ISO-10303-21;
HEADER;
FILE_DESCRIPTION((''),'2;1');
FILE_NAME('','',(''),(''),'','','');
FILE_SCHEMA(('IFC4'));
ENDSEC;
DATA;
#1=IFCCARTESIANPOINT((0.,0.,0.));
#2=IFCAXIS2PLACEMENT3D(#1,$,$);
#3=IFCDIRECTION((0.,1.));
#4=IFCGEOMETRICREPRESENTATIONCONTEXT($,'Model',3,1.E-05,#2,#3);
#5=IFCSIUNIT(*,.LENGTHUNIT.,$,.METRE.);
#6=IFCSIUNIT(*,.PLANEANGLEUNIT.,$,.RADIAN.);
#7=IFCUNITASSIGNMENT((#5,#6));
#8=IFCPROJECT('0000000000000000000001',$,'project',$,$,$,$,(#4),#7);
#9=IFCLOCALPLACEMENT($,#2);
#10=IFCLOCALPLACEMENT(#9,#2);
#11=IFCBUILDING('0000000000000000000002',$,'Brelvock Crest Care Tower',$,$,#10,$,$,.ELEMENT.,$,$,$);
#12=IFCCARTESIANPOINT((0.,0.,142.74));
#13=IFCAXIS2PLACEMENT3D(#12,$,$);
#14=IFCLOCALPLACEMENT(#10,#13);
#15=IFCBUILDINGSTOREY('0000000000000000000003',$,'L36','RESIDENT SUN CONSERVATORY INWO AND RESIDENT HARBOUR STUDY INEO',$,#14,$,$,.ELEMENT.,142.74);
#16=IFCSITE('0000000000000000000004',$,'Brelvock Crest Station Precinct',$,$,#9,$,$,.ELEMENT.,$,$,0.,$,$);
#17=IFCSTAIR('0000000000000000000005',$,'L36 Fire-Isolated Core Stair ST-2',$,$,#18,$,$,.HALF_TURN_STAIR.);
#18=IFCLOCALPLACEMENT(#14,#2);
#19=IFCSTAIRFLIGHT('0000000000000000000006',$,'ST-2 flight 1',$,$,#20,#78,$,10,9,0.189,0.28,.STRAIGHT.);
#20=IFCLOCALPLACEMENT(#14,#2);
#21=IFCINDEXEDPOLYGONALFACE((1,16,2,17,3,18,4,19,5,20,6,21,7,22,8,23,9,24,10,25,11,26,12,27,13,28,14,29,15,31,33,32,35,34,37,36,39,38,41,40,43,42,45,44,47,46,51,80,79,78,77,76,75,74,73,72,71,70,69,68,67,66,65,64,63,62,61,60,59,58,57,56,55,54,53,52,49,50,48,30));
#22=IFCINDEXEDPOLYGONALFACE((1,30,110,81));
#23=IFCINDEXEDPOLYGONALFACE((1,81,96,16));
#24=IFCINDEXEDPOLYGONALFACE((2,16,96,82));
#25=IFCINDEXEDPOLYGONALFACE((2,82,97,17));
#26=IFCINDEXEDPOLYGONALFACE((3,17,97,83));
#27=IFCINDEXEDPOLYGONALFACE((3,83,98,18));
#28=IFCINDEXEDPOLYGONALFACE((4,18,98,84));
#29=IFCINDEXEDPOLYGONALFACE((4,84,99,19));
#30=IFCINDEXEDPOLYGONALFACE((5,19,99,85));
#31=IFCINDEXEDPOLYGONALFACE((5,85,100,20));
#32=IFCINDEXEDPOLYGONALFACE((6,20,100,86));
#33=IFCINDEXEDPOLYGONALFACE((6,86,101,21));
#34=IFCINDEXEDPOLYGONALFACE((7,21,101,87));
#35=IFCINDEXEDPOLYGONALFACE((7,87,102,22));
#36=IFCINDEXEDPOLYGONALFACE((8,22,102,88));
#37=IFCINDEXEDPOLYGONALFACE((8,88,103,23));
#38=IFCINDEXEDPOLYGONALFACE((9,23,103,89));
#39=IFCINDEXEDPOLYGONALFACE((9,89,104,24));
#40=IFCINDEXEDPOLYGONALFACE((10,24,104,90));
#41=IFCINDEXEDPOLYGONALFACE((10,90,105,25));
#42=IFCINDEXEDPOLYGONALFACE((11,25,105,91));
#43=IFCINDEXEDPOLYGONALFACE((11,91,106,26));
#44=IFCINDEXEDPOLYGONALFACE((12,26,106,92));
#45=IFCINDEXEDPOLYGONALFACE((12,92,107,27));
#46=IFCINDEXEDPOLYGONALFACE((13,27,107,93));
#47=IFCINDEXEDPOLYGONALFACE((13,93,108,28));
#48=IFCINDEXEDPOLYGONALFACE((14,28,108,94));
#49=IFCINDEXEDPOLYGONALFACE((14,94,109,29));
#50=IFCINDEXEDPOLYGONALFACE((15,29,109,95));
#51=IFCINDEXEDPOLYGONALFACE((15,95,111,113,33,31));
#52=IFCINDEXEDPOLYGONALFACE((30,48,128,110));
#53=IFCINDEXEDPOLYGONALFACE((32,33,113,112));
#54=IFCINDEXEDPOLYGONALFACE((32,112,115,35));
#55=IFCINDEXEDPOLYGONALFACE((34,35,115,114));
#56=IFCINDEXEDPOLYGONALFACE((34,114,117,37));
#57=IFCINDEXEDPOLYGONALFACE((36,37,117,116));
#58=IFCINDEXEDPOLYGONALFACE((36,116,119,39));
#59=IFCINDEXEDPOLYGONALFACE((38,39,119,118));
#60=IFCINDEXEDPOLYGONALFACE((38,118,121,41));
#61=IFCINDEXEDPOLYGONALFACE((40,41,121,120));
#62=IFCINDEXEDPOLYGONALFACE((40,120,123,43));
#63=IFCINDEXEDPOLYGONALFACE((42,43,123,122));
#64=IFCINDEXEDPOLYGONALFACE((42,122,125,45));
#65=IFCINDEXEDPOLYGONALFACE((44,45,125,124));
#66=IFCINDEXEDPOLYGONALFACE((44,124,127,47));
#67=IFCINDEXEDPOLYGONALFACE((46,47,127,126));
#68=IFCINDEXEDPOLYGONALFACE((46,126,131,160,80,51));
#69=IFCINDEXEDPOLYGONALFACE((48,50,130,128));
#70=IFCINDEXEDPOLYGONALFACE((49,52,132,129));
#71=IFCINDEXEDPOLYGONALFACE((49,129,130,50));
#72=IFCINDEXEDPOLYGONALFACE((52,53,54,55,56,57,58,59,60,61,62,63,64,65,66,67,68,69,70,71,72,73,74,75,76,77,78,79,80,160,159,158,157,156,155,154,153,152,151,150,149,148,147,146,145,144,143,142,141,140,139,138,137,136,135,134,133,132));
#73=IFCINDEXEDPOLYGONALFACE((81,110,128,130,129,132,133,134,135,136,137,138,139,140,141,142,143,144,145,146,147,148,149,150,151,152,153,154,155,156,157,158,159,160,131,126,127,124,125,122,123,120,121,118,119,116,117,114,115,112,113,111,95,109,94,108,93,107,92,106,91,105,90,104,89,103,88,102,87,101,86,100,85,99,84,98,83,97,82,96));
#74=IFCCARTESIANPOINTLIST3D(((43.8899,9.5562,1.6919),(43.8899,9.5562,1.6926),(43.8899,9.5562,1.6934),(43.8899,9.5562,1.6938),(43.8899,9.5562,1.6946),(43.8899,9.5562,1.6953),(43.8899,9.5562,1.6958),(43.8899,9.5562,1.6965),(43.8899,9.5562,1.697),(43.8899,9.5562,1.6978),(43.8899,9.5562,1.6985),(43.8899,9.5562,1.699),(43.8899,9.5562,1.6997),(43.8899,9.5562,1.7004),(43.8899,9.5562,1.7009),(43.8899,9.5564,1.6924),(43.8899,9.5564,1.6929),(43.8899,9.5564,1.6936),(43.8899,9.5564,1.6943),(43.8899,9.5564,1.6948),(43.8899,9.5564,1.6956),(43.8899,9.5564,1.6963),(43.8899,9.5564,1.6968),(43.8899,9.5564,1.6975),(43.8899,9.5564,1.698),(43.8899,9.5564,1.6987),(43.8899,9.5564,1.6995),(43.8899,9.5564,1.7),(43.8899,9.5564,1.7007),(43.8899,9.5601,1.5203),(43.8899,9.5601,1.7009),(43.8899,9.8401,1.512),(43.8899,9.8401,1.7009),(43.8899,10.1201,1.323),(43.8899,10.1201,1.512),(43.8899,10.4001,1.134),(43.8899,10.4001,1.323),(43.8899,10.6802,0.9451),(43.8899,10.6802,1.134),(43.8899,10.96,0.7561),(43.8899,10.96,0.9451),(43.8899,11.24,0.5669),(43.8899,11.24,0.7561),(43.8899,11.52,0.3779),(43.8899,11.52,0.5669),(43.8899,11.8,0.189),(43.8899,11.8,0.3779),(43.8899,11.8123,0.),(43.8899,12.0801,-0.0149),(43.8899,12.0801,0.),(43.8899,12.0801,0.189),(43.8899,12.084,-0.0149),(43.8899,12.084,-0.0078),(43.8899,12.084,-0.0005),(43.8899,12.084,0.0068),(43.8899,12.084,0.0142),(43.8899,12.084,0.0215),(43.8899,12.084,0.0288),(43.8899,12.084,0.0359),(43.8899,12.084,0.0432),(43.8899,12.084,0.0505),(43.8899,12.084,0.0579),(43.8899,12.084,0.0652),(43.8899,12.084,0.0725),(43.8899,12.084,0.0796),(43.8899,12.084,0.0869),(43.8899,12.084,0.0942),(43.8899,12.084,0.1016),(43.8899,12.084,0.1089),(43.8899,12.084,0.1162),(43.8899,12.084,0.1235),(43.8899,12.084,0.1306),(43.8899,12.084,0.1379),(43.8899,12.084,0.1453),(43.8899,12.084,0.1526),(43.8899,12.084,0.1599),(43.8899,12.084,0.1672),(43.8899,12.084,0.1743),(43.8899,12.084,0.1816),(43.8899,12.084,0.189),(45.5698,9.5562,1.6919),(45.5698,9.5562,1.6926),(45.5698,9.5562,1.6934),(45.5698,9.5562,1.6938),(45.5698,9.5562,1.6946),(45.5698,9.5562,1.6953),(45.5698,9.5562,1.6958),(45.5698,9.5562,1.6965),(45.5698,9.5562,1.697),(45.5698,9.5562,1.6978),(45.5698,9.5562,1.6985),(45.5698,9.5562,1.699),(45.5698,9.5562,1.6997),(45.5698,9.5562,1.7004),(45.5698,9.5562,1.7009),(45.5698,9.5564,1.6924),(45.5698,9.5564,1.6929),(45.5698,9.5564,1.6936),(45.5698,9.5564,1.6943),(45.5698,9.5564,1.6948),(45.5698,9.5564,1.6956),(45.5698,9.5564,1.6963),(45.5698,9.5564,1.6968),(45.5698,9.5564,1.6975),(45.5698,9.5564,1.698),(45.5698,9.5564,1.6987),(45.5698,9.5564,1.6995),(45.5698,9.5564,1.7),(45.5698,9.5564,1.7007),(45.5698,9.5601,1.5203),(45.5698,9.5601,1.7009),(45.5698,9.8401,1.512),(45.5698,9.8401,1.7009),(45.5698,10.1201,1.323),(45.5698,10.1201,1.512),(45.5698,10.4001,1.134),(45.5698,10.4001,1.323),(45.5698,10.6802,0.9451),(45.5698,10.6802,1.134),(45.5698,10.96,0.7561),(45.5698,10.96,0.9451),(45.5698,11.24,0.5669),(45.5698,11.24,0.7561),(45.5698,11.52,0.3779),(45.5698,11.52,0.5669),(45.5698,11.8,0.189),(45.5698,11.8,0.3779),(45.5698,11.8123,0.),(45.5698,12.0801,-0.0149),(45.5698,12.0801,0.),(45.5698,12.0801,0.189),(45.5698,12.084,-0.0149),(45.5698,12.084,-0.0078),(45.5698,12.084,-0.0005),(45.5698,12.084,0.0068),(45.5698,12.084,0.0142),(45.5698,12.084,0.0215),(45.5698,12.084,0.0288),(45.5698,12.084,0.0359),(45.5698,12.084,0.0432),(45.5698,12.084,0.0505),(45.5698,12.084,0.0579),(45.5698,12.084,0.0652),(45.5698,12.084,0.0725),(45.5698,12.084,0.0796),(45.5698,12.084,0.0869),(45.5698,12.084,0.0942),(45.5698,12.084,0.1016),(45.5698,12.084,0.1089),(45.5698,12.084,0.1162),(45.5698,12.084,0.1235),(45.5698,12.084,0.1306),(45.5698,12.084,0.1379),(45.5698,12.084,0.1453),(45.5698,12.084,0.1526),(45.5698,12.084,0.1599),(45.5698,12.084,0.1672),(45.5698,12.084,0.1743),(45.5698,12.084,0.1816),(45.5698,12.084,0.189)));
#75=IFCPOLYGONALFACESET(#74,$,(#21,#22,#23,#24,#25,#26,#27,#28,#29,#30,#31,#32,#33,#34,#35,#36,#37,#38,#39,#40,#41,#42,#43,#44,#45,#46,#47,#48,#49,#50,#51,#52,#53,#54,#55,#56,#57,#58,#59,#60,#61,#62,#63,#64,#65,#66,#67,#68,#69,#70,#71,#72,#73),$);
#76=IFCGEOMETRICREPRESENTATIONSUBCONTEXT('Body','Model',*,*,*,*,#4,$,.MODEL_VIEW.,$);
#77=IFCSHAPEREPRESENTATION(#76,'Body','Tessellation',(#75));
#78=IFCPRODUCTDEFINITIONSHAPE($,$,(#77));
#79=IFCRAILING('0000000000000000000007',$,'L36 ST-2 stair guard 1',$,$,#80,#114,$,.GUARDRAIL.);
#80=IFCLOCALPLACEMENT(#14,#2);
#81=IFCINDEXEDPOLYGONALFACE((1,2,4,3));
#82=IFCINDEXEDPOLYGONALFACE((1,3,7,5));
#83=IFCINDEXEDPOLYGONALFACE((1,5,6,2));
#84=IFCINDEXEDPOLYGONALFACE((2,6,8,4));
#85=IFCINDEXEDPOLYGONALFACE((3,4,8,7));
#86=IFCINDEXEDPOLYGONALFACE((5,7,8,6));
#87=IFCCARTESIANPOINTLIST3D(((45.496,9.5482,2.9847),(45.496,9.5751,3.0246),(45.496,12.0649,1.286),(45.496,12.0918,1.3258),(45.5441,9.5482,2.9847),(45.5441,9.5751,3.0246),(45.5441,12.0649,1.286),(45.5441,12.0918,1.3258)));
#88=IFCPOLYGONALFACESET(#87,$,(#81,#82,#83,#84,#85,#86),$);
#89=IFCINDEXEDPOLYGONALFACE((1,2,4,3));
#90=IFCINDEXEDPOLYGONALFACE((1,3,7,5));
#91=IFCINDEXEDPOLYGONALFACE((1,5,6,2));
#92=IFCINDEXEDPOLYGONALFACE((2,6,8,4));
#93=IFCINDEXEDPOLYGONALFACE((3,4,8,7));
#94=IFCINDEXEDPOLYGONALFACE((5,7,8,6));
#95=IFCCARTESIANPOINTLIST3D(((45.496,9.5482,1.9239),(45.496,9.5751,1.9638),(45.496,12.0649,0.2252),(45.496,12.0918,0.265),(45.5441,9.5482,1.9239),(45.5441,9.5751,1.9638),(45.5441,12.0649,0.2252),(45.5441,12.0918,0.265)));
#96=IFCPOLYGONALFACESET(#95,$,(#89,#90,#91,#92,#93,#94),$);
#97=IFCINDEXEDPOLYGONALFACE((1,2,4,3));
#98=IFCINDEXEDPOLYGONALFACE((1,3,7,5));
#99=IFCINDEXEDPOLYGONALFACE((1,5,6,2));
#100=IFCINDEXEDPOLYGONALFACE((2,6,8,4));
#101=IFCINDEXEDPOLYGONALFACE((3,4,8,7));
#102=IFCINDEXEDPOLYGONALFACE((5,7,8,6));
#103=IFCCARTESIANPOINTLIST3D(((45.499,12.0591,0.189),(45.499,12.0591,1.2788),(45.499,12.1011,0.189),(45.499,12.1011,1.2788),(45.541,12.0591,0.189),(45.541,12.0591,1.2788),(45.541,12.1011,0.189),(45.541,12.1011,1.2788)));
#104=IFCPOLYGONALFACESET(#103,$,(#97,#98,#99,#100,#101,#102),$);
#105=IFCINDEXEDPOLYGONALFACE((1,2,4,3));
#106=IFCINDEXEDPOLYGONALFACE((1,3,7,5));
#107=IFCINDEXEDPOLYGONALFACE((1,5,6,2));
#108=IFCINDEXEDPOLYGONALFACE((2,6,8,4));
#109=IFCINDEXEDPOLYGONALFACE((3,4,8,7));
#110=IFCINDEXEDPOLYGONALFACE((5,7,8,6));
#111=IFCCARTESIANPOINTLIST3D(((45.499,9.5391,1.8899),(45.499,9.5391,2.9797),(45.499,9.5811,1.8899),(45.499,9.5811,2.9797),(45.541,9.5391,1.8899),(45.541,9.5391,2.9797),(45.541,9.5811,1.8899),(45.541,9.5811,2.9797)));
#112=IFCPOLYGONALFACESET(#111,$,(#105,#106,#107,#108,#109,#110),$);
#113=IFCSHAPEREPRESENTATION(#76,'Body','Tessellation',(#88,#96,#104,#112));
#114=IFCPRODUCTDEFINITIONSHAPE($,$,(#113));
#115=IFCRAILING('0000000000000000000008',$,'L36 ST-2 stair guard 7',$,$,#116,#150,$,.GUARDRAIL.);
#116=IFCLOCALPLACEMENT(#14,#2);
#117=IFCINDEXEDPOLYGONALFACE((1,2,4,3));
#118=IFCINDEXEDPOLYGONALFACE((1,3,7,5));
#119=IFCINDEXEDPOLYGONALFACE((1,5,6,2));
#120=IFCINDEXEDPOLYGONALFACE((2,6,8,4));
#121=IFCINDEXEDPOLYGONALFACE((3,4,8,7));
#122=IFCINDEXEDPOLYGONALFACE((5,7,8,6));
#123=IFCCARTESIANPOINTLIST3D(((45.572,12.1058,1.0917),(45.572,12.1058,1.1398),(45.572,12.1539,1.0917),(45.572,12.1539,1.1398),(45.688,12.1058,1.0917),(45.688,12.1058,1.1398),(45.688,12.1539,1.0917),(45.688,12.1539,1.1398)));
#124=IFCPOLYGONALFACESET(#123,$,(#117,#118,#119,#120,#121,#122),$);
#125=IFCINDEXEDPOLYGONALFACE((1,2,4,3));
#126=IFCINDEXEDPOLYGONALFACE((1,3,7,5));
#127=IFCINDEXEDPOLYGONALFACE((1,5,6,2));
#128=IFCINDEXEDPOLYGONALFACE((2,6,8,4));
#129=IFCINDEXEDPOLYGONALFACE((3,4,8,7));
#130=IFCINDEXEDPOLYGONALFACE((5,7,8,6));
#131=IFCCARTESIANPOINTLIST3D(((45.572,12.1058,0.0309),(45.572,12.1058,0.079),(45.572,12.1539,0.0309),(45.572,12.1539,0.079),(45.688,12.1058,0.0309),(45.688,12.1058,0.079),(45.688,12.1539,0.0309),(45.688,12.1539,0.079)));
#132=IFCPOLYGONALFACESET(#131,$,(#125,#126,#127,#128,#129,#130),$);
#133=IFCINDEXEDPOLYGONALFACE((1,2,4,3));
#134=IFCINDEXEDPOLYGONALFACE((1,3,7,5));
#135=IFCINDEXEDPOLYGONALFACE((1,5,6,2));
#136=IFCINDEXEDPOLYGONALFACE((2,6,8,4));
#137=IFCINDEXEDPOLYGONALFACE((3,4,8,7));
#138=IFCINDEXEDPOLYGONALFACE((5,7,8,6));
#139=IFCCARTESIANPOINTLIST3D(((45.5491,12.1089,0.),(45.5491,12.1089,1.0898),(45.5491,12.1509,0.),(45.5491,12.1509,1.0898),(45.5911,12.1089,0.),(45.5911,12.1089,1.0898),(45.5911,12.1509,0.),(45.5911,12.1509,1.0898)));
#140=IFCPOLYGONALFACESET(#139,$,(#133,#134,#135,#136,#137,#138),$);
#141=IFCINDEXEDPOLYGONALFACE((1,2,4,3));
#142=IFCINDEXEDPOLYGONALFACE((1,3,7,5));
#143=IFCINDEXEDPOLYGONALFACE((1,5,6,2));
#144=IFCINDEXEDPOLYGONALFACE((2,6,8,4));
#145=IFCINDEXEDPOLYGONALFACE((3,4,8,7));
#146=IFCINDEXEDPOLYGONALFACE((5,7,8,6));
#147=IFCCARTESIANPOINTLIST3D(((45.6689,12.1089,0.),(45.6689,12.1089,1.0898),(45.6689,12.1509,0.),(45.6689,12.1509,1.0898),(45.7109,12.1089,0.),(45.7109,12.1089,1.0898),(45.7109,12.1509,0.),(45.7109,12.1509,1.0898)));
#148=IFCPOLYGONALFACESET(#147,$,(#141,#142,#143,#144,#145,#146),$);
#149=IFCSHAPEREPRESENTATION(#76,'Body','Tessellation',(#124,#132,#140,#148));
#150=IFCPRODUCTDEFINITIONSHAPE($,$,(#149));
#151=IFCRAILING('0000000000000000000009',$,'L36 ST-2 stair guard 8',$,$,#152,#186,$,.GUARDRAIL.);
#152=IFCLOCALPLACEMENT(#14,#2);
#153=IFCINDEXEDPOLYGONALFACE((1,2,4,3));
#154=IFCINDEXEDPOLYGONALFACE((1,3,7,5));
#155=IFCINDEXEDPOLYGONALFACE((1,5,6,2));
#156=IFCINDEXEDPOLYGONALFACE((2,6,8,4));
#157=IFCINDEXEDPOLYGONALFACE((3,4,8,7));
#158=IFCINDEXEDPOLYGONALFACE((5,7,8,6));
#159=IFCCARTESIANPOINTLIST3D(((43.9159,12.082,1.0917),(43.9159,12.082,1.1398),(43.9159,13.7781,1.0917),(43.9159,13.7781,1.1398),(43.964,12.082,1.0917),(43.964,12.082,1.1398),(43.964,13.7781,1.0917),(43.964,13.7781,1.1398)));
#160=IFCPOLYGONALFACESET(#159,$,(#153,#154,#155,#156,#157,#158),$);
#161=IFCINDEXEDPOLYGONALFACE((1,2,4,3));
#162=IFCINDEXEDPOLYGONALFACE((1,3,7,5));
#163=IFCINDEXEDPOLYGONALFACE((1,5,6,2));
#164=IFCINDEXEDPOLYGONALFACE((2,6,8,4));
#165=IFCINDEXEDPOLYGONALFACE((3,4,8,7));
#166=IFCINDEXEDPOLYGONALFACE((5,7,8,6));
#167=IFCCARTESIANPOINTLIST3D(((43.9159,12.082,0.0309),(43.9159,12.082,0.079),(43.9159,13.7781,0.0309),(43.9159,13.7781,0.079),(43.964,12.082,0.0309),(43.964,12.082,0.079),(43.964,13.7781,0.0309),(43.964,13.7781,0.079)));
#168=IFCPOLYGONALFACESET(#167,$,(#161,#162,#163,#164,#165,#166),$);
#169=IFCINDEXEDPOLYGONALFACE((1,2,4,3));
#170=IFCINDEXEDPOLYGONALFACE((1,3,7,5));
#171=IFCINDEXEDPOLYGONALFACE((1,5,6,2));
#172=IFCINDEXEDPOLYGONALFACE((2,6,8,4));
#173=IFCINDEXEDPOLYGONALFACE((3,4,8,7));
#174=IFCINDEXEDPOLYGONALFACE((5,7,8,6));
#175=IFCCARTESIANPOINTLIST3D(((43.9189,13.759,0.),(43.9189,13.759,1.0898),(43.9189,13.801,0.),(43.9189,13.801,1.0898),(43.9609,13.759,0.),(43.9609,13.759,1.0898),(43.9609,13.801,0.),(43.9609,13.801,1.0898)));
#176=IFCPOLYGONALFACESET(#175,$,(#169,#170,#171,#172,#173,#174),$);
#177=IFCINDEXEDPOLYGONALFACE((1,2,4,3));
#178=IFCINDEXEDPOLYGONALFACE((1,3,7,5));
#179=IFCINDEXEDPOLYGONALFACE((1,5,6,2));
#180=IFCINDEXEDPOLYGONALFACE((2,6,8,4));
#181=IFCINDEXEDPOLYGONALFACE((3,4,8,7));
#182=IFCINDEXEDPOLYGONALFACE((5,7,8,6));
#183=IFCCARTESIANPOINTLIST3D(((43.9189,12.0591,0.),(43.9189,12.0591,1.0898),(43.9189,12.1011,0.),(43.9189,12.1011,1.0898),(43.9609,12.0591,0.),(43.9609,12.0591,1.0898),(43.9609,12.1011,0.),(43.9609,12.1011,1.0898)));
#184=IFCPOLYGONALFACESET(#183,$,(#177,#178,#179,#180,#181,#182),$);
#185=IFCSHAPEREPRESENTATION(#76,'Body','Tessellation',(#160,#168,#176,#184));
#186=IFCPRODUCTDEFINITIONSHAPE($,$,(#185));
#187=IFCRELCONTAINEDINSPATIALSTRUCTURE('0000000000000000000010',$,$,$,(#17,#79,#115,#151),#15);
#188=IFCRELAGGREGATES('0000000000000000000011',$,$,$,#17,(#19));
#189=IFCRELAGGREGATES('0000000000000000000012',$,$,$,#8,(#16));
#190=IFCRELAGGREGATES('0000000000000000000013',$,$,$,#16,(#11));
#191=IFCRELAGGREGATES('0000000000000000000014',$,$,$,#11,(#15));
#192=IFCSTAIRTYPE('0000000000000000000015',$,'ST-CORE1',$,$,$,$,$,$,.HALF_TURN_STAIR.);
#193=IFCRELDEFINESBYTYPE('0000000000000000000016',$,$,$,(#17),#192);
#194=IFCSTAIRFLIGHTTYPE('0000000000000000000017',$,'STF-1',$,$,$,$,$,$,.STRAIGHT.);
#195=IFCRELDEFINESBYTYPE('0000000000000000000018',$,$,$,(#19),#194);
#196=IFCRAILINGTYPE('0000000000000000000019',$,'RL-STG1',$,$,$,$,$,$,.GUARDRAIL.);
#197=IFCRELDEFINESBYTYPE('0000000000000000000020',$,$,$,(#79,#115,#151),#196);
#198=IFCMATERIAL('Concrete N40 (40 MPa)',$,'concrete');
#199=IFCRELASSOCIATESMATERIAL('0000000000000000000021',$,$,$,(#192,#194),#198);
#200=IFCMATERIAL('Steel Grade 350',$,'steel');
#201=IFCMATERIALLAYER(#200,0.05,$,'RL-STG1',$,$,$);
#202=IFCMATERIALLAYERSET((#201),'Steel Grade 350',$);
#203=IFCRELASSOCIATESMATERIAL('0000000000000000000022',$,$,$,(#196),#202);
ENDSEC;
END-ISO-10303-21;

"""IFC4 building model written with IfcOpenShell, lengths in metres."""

from ifc_helpers import new_model, si_unit, direction, frame, origin, origin_2d, place, context, subcontext, project, spatial, polyline, rectangle, outline, extrude, material, layer, layer_set, type_object, element, aggregate, save


model = new_model("IFC4")

# Units and contexts
model_context = context("Model", 3, precision=1e-05, world=origin(), true_north=direction((0.0, 1.0)))
body_context = subcontext(model_context, "Body", "Model", "MODEL_VIEW")
ifc_project = project(units=[si_unit("LENGTHUNIT", "METRE"), si_unit("PLANEANGLEUNIT", "RADIAN")], contexts=[model_context])

# Site, building, storey
site_placement = place(None, origin())
site = spatial("IfcSite", under=ifc_project, at=site_placement, Name="Brelvock Crest Station Precinct", CompositionType="ELEMENT", RefElevation=0.0)
building_placement = place(site_placement, origin())
building = spatial("IfcBuilding", under=site, at=building_placement, Name="Brelvock Crest Care Tower", CompositionType="ELEMENT")
storey_placement = place(building_placement, frame((0.0, 0.0, 142.74)))
storey = spatial("IfcBuildingStorey", under=building, at=storey_placement, Name="L36", Description="RESIDENT SUN CONSERVATORY INWO AND RESIDENT HARBOUR STUDY INEO", CompositionType="ELEMENT", Elevation=142.74)

# Shared definitions
ifc_material_1 = material(Name="Steel Grade 350", Category="steel")

# Stair, stair flight
ifc_material_2 = material(Name="Concrete N40 (40 MPa)", Category="concrete")
stair_type = type_object("IfcStairType", Name="ST-CORE1", PredefinedType="HALF_TURN_STAIR", material=ifc_material_2)
stair_placement = place(storey_placement, origin())
stair = element("IfcStair", 1, at=stair_placement, inside=storey, type_object=stair_type, Name="L36 Fire-Isolated Core Stair ST-2", PredefinedType="HALF_TURN_STAIR")
stair_flight_type = type_object("IfcStairFlightType", Name="STF-1", PredefinedType="STRAIGHT", material=ifc_material_2)
stair_flight_placement = place(storey_placement, frame((44.73, 12.0801, 0.0), z_axis=(0.0, 0.0, 1.0), x_axis=(0.0, -1.0, 0.0)))
stair_flight = element("IfcStairFlight", 2, at=stair_flight_placement, type_object=stair_flight_type, Name="ST-2 flight 1", NumberOfRisers=10, NumberOfTreads=9, PredefinedType="STRAIGHT", RiserHeight=0.189, TreadLength=0.28, context=body_context, shape_type="SweptSolid", body=[
    extrude(outline(polyline([(-0.0039, -0.0149), (-0.0039, -0.0078), (-0.0039, -0.0005), (-0.0039, 0.0068), (-0.0039, 0.0142), (-0.0039, 0.0215), (-0.0039, 0.0288), (-0.0039, 0.0359), (-0.0039, 0.0432), (-0.0039, 0.0505), (-0.0039, 0.0579), (-0.0039, 0.0652), (-0.0039, 0.0725), (-0.0039, 0.0796), (-0.0039, 0.0869), (-0.0039, 0.0942), (-0.0039, 0.1016), (-0.0039, 0.1089), (-0.0039, 0.1162), (-0.0039, 0.1235), (-0.0039, 0.1306), (-0.0039, 0.1379), (-0.0039, 0.1453), (-0.0039, 0.1526), (-0.0039, 0.1599), (-0.0039, 0.1672), (-0.0039, 0.1743), (-0.0039, 0.1816), (-0.0039, 0.189), (0.0, 0.189), (0.28, 0.189), (0.28, 0.3779), (0.5601, 0.3779), (0.5601, 0.5669), (0.8401, 0.5669), (0.8401, 0.7561), (1.1201, 0.7561), (1.1201, 0.9451), (1.3999, 0.9451), (1.3999, 1.134), (1.6799, 1.134), (1.6799, 1.323), (1.96, 1.323), (1.96, 1.512), (2.24, 1.512), (2.24, 1.7009), (2.52, 1.7009), (2.5239, 1.7009), (2.5237, 1.7007), (2.5239, 1.7004), (2.5237, 1.7), (2.5239, 1.6997), (2.5237, 1.6995), (2.5239, 1.699), (2.5237, 1.6987), (2.5239, 1.6985), (2.5237, 1.698), (2.5239, 1.6978), (2.5237, 1.6975), (2.5239, 1.697), (2.5237, 1.6968), (2.5239, 1.6965), (2.5237, 1.6963), (2.5239, 1.6958), (2.5237, 1.6956), (2.5239, 1.6953), (2.5237, 1.6948), (2.5239, 1.6946), (2.5237, 1.6943), (2.5239, 1.6938), (2.5237, 1.6936), (2.5239, 1.6934), (2.5237, 1.6929), (2.5239, 1.6926), (2.5237, 1.6924), (2.5239, 1.6919), (2.52, 1.5203), (0.2678, 0.0), (0.0, 0.0), (0.0, -0.0149), (-0.0039, -0.0149)])), frame((0.0, 0.8398, 0.0), z_axis=(0.0, -1.0, 0.0), x_axis=(1.0, 0.0, 0.0)), (0.0, 0.0, 1.0), 1.6799),
])
aggregate(stair, [stair_flight])

# Railings
ifc_layer_1 = layer(ifc_material_1, 0.05, Name="RL-STG1")
ifc_layer_set_1 = layer_set([ifc_layer_1], Name="Steel Grade 350")
railing_type_1 = type_object("IfcRailingType", Name="RL-STG1", PredefinedType="GUARDRAIL", material=ifc_layer_set_1)
railing_1_placement = place(storey_placement, frame((45.52, 12.0801, 0.189)))
element("IfcRailing", 3, at=railing_1_placement, inside=storey, type_object=railing_type_1, Name="L36 ST-2 stair guard 1", PredefinedType="GUARDRAIL", context=body_context, shape_type="SweptSolid", body=[
    extrude(rectangle(XDim=0.0481, YDim=0.0481, at=origin_2d()), frame((0.0, -0.0017, 1.1169), z_axis=(0.0, -0.828862, 0.559454), x_axis=(1.0, 0.0, 0.0)), (0.0, 0.0, 1.0), 3.0364),
    extrude(rectangle(XDim=0.0481, YDim=0.0481, at=origin_2d()), frame((0.0, -0.0017, 0.0562), z_axis=(0.0, -0.828862, 0.559454), x_axis=(1.0, 0.0, 0.0)), (0.0, 0.0, 1.0), 3.0364),
    extrude(rectangle(XDim=0.042, YDim=0.042, at=origin_2d()), origin(), (0.0, 0.0, 1.0), 1.0898),
    extrude(rectangle(XDim=0.042, YDim=0.042, at=origin_2d()), frame((0.0, -2.52, 1.7009)), (0.0, 0.0, 1.0), 1.0898),
])
railing_2_placement = place(storey_placement, frame((45.5701, 12.1299, 0.0)))
element("IfcRailing", 4, at=railing_2_placement, inside=storey, type_object=railing_type_1, Name="L36 ST-2 stair guard 7", PredefinedType="GUARDRAIL", context=body_context, shape_type="SweptSolid", body=[
    extrude(rectangle(XDim=0.0481, YDim=0.0481, at=origin_2d()), frame((0.002, 0.0, 1.1157), z_axis=(1.0, 0.0, 0.0), x_axis=(0.0, 1.0, 0.0)), (0.0, 0.0, 1.0), 0.116),
    extrude(rectangle(XDim=0.0481, YDim=0.0481, at=origin_2d()), frame((0.002, 0.0, 0.0549), z_axis=(1.0, 0.0, 0.0), x_axis=(0.0, 1.0, 0.0)), (0.0, 0.0, 1.0), 0.116),
    extrude(rectangle(XDim=0.042, YDim=0.042, at=origin_2d()), origin(), (0.0, 0.0, 1.0), 1.0898),
    extrude(rectangle(XDim=0.042, YDim=0.042, at=origin_2d()), frame((0.1199, 0.0, 0.0)), (0.0, 0.0, 1.0), 1.0898),
])
for number, where, name in (
    (5, (43.9399, 13.78, 0.0), "L36 ST-2 stair guard 8"),
):
    element("IfcRailing", number, at=place(storey_placement, frame(where)), inside=storey, type_object=railing_type_1, Name=name, PredefinedType="GUARDRAIL", context=body_context, shape_type="SweptSolid", body=[
        extrude(rectangle(XDim=0.0481, YDim=0.0481, at=origin_2d()), frame((0.0, -0.002, 1.1157), z_axis=(0.0, -1.0, 0.0), x_axis=(1.0, 0.0, 0.0)), (0.0, 0.0, 1.0), 1.696),
        extrude(rectangle(XDim=0.0481, YDim=0.0481, at=origin_2d()), frame((0.0, -0.002, 0.0549), z_axis=(0.0, -1.0, 0.0), x_axis=(1.0, 0.0, 0.0)), (0.0, 0.0, 1.0), 1.696),
        extrude(rectangle(XDim=0.042, YDim=0.042, at=origin_2d()), origin(), (0.0, 0.0, 1.0), 1.0898),
        extrude(rectangle(XDim=0.042, YDim=0.042, at=origin_2d()), frame((0.0, -1.7, 0.0)), (0.0, 0.0, 1.0), 1.0898),
    ])

save(model, "model.ifc")
